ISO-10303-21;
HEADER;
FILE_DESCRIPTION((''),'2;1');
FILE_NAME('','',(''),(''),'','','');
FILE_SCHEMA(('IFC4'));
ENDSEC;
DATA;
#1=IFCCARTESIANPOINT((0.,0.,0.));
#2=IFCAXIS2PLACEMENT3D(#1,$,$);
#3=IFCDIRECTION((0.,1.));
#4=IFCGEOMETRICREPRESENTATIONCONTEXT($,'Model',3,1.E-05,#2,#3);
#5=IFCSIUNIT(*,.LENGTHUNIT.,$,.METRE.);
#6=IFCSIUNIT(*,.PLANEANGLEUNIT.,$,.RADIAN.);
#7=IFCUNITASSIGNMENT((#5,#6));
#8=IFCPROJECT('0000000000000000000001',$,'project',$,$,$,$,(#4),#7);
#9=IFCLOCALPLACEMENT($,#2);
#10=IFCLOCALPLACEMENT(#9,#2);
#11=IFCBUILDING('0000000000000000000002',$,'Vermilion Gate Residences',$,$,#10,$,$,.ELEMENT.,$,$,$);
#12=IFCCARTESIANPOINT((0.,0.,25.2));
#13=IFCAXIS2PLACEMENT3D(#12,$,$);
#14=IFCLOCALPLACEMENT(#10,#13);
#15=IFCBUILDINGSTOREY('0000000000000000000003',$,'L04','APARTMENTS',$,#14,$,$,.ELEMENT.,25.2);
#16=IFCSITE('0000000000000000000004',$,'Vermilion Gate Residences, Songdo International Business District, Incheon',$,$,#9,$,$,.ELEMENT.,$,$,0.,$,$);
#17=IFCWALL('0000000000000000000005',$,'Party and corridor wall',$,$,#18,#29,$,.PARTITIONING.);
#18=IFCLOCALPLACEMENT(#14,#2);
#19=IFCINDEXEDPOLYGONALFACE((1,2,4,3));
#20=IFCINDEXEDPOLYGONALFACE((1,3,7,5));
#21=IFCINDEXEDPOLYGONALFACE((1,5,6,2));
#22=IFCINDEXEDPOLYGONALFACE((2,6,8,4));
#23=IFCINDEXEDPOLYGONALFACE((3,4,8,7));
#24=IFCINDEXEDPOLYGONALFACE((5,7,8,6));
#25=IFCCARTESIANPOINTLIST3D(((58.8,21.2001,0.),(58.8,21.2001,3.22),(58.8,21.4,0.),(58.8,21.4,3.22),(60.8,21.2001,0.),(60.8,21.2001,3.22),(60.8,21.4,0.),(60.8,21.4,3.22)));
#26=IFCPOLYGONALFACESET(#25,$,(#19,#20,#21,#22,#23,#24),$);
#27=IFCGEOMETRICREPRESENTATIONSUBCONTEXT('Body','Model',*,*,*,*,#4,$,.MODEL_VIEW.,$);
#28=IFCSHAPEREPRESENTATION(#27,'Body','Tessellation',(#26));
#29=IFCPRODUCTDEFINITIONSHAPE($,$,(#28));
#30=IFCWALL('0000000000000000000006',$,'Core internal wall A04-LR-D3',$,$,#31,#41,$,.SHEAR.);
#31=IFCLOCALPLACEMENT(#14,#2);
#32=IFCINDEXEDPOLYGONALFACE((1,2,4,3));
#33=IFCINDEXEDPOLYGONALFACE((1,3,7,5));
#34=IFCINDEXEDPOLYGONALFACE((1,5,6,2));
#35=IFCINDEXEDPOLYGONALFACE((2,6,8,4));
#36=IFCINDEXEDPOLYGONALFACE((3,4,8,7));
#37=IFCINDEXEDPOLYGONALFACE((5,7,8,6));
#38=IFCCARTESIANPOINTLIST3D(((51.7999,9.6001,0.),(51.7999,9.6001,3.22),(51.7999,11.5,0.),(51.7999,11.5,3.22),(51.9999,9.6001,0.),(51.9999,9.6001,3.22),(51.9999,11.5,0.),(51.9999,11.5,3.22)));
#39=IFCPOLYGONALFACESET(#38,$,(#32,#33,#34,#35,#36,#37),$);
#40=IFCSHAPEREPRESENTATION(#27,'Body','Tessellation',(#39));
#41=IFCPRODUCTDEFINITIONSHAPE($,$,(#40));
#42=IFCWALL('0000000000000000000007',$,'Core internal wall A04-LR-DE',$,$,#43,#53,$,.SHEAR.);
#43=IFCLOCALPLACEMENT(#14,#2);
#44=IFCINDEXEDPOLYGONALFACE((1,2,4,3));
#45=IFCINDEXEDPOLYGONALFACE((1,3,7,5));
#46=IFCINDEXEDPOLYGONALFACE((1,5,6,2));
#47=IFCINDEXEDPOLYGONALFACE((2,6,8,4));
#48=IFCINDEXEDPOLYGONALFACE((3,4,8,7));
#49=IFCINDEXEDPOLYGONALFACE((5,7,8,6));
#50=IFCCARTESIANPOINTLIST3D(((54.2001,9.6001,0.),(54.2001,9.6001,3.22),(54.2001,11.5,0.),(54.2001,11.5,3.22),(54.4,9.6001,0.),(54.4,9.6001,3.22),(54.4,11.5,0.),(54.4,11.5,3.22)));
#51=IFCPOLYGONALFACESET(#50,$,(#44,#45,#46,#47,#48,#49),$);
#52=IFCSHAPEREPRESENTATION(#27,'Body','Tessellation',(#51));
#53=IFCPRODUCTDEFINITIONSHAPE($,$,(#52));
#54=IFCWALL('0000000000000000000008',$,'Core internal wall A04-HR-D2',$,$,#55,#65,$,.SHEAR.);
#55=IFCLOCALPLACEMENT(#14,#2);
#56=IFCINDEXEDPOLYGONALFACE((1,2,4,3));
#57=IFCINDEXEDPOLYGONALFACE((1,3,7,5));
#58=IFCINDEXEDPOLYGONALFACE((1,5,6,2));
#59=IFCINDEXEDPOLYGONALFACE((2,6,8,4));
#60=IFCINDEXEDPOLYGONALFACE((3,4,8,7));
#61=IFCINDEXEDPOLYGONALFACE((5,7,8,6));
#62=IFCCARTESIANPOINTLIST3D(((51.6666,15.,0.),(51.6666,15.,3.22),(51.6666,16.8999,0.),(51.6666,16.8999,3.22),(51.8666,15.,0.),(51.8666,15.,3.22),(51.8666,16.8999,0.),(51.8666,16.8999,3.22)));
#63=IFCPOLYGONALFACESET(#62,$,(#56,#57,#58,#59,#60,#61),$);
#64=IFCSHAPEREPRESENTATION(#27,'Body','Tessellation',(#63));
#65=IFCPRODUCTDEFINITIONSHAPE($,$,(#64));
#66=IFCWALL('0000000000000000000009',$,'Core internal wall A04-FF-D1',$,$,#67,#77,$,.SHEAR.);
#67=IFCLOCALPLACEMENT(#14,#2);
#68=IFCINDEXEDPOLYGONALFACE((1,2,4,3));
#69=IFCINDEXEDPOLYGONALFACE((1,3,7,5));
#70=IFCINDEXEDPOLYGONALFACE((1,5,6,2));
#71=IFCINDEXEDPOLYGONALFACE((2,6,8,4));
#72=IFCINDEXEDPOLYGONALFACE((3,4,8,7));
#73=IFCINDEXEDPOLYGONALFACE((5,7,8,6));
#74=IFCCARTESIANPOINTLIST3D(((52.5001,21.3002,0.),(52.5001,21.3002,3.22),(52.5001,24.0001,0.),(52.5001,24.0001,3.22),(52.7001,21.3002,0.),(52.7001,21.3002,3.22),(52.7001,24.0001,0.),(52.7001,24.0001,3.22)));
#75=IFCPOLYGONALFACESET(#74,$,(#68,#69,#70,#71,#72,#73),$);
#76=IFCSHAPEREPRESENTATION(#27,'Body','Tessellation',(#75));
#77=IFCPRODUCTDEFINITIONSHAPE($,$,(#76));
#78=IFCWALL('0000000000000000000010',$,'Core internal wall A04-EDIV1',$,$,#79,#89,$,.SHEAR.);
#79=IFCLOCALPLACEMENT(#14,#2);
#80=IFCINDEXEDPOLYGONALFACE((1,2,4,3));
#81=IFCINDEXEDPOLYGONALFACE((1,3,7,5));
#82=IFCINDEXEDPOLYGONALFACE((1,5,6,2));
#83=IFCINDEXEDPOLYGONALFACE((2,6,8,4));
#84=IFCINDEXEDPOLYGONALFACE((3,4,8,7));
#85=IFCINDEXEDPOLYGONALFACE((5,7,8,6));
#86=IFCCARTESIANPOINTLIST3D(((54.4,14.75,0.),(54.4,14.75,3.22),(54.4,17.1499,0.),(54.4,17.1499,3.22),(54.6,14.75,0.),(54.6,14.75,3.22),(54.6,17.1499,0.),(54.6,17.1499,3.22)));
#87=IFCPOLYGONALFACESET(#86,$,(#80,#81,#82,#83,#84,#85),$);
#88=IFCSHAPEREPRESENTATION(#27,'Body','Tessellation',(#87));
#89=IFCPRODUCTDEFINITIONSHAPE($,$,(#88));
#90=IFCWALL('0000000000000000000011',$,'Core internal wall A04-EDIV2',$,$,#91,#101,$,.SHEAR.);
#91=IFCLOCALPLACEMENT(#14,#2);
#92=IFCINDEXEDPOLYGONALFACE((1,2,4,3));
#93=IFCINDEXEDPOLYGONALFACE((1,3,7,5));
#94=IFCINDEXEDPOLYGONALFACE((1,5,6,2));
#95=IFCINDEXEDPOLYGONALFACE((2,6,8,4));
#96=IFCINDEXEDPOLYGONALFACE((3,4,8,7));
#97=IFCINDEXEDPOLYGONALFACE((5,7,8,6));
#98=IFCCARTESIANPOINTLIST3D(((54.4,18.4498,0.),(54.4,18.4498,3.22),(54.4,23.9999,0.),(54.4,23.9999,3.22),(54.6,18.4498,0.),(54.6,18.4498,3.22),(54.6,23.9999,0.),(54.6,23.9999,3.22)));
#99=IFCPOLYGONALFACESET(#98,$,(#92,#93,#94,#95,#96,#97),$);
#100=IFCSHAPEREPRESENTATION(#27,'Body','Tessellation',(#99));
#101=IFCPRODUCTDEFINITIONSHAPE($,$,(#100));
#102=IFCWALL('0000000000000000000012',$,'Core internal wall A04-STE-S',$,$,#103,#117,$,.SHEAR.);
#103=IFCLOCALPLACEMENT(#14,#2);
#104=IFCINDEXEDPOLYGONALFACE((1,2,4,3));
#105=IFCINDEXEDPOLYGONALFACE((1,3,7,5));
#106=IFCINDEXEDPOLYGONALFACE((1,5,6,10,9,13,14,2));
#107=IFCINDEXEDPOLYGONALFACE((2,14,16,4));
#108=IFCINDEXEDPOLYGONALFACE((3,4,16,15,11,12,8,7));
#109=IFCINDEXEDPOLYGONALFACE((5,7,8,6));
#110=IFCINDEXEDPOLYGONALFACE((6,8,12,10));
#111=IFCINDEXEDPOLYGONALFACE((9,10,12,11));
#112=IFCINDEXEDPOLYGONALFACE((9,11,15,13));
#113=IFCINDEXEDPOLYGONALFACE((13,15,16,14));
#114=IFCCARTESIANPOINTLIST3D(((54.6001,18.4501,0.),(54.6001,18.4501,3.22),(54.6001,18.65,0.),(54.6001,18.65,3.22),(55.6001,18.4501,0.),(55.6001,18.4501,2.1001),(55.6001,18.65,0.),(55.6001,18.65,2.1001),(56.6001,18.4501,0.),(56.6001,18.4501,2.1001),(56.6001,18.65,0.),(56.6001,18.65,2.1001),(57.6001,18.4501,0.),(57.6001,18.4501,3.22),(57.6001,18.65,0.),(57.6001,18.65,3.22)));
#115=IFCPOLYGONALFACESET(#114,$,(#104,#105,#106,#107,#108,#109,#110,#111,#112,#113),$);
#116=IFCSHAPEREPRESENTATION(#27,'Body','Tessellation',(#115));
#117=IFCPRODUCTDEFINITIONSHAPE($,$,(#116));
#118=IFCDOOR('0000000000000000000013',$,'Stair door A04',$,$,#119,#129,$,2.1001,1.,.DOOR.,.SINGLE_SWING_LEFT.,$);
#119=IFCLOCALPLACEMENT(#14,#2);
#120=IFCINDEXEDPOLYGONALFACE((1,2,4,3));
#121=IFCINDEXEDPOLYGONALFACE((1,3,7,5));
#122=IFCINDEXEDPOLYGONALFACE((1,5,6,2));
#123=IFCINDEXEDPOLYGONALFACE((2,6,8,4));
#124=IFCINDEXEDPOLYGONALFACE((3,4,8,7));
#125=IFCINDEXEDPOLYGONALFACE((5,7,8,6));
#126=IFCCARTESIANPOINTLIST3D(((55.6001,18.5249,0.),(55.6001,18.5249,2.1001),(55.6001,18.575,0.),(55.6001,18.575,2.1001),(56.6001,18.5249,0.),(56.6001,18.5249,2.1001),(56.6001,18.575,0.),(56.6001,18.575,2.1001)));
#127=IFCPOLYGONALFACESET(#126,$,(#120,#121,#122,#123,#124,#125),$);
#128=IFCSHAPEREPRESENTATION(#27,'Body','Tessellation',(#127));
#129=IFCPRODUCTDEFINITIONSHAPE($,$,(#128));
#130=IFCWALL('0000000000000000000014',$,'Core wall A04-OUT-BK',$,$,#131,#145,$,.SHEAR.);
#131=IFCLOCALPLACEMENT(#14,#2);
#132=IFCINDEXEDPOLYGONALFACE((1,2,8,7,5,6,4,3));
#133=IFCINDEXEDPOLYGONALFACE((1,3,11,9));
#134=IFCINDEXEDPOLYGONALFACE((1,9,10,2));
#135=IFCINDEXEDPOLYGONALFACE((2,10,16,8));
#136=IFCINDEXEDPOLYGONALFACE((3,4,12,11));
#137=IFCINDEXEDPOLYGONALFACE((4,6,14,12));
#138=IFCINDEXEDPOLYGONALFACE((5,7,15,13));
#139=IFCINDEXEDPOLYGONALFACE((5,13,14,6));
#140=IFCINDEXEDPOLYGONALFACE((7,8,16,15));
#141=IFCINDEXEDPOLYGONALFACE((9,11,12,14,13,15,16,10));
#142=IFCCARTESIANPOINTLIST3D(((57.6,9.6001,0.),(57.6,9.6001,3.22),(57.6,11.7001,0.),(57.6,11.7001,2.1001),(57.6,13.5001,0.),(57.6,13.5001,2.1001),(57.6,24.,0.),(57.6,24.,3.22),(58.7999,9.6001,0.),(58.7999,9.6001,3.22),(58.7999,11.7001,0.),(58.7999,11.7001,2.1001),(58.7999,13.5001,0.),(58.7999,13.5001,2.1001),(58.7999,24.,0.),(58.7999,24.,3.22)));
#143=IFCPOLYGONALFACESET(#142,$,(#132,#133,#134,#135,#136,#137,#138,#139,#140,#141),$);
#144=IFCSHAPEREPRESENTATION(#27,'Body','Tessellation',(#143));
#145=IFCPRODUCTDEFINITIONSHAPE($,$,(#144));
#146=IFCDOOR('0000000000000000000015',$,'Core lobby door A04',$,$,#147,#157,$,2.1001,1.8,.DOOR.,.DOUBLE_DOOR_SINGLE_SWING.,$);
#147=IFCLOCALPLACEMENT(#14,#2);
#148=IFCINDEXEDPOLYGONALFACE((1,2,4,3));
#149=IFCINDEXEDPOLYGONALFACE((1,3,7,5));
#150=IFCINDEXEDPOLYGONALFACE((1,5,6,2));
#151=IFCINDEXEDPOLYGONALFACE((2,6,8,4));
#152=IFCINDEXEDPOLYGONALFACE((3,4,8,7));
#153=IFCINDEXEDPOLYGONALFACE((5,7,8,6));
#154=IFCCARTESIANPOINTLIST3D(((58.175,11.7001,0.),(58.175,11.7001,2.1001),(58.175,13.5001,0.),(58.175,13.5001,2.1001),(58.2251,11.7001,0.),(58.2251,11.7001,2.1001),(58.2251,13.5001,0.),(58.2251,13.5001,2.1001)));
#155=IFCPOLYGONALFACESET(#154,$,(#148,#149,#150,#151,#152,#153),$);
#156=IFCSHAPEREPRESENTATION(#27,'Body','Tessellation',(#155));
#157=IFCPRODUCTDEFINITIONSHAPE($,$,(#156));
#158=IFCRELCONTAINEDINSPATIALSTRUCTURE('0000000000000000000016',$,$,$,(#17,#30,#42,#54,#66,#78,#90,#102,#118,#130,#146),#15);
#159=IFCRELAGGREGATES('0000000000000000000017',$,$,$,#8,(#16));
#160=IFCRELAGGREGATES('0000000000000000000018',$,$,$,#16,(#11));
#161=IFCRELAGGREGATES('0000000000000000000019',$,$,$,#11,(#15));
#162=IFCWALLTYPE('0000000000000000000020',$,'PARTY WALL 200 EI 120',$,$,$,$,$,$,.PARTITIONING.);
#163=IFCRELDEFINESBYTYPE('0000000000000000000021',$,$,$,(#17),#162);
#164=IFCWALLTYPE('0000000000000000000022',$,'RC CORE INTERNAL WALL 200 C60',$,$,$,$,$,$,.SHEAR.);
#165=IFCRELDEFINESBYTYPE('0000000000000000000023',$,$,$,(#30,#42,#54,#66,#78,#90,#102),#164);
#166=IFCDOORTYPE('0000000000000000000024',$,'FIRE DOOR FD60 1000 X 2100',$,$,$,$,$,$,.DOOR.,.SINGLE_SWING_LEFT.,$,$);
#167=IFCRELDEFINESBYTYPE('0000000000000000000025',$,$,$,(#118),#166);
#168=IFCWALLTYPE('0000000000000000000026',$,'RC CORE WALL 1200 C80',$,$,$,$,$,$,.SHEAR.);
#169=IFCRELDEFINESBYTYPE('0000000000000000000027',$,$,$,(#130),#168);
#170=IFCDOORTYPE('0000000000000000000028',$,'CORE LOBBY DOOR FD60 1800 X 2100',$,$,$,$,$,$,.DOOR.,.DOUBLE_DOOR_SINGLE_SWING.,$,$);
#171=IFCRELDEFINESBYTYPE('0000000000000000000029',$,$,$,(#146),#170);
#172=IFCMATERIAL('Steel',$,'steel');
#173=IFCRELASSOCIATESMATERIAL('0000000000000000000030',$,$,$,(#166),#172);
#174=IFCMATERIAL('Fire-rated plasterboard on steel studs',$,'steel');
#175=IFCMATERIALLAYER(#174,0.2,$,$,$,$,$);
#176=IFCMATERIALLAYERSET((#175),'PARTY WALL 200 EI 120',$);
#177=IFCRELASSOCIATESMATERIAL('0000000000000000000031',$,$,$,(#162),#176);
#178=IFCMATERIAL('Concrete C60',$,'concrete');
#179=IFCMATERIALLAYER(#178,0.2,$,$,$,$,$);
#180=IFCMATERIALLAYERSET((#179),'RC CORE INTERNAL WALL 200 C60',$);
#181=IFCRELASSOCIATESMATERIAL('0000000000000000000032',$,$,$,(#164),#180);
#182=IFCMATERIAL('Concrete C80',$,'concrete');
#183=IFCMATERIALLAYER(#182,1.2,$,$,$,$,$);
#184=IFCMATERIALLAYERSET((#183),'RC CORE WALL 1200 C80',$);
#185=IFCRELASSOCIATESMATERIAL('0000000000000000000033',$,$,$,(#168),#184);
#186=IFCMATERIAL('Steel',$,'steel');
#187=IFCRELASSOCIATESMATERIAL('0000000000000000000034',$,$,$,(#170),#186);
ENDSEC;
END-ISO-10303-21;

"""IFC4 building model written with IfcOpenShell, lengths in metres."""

from ifc_helpers import new_model, si_unit, direction, frame, frame_2d, origin, place, context, subcontext, project, spatial, rectangle, extrude, material, layer, layer_set, type_object, element, fill, save


model = new_model("IFC4")

# Units and contexts
model_context = context("Model", 3, precision=1e-05, world=origin(), true_north=direction((0.0, 1.0)))
body_context = subcontext(model_context, "Body", "Model", "MODEL_VIEW")
ifc_project = project(units=[si_unit("LENGTHUNIT", "METRE"), si_unit("PLANEANGLEUNIT", "RADIAN")], contexts=[model_context])

# Site, building, storey
site_placement = place(None, origin())
site = spatial("IfcSite", under=ifc_project, at=site_placement, Name="Vermilion Gate Residences, Songdo International Business District, Incheon", CompositionType="ELEMENT", RefElevation=0.0)
building_placement = place(site_placement, origin())
building = spatial("IfcBuilding", under=site, at=building_placement, Name="Vermilion Gate Residences", CompositionType="ELEMENT")
storey_placement = place(building_placement, frame((0.0, 0.0, 25.2)))
storey = spatial("IfcBuildingStorey", under=building, at=storey_placement, Name="L04", Description="APARTMENTS", CompositionType="ELEMENT", Elevation=25.2)

# Shared definitions
ifc_material_1 = material(Name="Steel", Category="steel")
door_type_1 = type_object("IfcDoorType", Name="FIRE DOOR FD60 1000 X 2100", OperationType="SINGLE_SWING_LEFT", PredefinedType="DOOR", material=ifc_material_1)

# Walls
ifc_material_2 = material(Name="Fire-rated plasterboard on steel studs", Category="steel")
ifc_layer_1 = layer(ifc_material_2, 0.2)
ifc_layer_set_1 = layer_set([ifc_layer_1], Name="PARTY WALL 200 EI 120")
wall_type_1 = type_object("IfcWallType", Name="PARTY WALL 200 EI 120", PredefinedType="PARTITIONING", material=ifc_layer_set_1)
wall_1_placement = place(storey_placement, frame((58.8, 21.3, 0.0), z_axis=(0.0, 0.0, 1.0), x_axis=(1.0, 0.0, 0.0)))
element("IfcWall", 1, at=wall_1_placement, inside=storey, type_object=wall_type_1, Name="Party and corridor wall", PredefinedType="PARTITIONING", context=body_context, shape_type="SweptSolid", body=[
    extrude(rectangle(XDim=2.0, YDim=0.2, at=frame_2d((1.0, 0.0))), origin(), (0.0, 0.0, 1.0), 3.22),
])
ifc_material_3 = material(Name="Concrete C60", Category="concrete")
ifc_layer_2 = layer(ifc_material_3, 0.2)
ifc_layer_set_2 = layer_set([ifc_layer_2], Name="RC CORE INTERNAL WALL 200 C60")
wall_type_2 = type_object("IfcWallType", Name="RC CORE INTERNAL WALL 200 C60", PredefinedType="SHEAR", material=ifc_layer_set_2)
for number, where, z_axis, x_axis, name in (
    (2, (51.8999, 9.6001, 0.0), (0.0, 0.0, 1.0), (0.0, 1.0, 0.0), "Core internal wall A04-LR-D3"),
    (3, (54.3, 9.6001, 0.0), (0.0, 0.0, 1.0), (0.0, 1.0, 0.0), "Core internal wall A04-LR-DE"),
    (4, (51.7666, 15.0, 0.0), (0.0, 0.0, 1.0), (0.0, 1.0, 0.0), "Core internal wall A04-HR-D2"),
):
    element("IfcWall", number, at=place(storey_placement, frame(where, z_axis=z_axis, x_axis=x_axis)), inside=storey, type_object=wall_type_2, Name=name, PredefinedType="SHEAR", context=body_context, shape_type="SweptSolid", body=[
        extrude(rectangle(XDim=1.8999, YDim=0.2, at=frame_2d((0.95, 0.0))), origin(), (0.0, 0.0, 1.0), 3.22),
    ])
wall_2_placement = place(storey_placement, frame((52.6001, 21.3, 0.0), z_axis=(0.0, 0.0, 1.0), x_axis=(0.0, 1.0, 0.0)))
element("IfcWall", 5, at=wall_2_placement, inside=storey, type_object=wall_type_2, Name="Core internal wall A04-FF-D1", PredefinedType="SHEAR", context=body_context, shape_type="SweptSolid", body=[
    extrude(rectangle(XDim=2.7, YDim=0.2, at=frame_2d((1.3501, 0.0))), origin(), (0.0, 0.0, 1.0), 3.22),
])
wall_3_placement = place(storey_placement, frame((54.5, 14.75, 0.0), z_axis=(0.0, 0.0, 1.0), x_axis=(0.0, 1.0, 0.0)))
element("IfcWall", 6, at=wall_3_placement, inside=storey, type_object=wall_type_2, Name="Core internal wall A04-EDIV1", PredefinedType="SHEAR", context=body_context, shape_type="SweptSolid", body=[
    extrude(rectangle(XDim=2.3999, YDim=0.2, at=frame_2d((1.2, 0.0))), origin(), (0.0, 0.0, 1.0), 3.22),
])
wall_4_placement = place(storey_placement, frame((54.5, 18.45, 0.0), z_axis=(0.0, 0.0, 1.0), x_axis=(0.0, 1.0, 0.0)))
element("IfcWall", 7, at=wall_4_placement, inside=storey, type_object=wall_type_2, Name="Core internal wall A04-EDIV2", PredefinedType="SHEAR", context=body_context, shape_type="SweptSolid", body=[
    extrude(rectangle(XDim=5.55, YDim=0.2, at=frame_2d((2.7749, 0.0))), origin(), (0.0, 0.0, 1.0), 3.22),
])

# Walls, openings, doors
wall_5_placement = place(storey_placement, frame((54.6001, 18.55, 0.0), z_axis=(0.0, 0.0, 1.0), x_axis=(1.0, 0.0, 0.0)))
wall_5 = element("IfcWall", 8, at=wall_5_placement, inside=storey, type_object=wall_type_2, Name="Core internal wall A04-STE-S", PredefinedType="SHEAR", context=body_context, shape_type="SweptSolid", body=[
    extrude(rectangle(XDim=3.0, YDim=0.2, at=frame_2d((1.5, 0.0))), origin(), (0.0, 0.0, 1.0), 3.22),
])
opening_1_placement = place(wall_5_placement, frame((1.0, 0.0, 0.0)))
opening_1 = element("IfcOpeningElement", 9, at=opening_1_placement, cuts=wall_5, PredefinedType="OPENING", context=body_context, shape_type="SweptSolid", body=[
    extrude(rectangle(XDim=1.0, YDim=2.1001, at=frame_2d((0.5, 1.05))), frame((0.0, 0.1099, 0.0), z_axis=(0.0, -1.0, 0.0), x_axis=(1.0, 0.0, 0.0)), (0.0, 0.0, 1.0), 0.22),
])
door_1_placement = place(opening_1_placement, origin())
door_1 = element("IfcDoor", 10, at=door_1_placement, inside=storey, type_object=door_type_1, Name="Stair door A04", OperationType="SINGLE_SWING_LEFT", OverallHeight=2.1001, OverallWidth=1.0, PredefinedType="DOOR", context=body_context, shape_type="SweptSolid", body=[
    extrude(rectangle(XDim=1.0, YDim=2.1001, at=frame_2d((0.5, 1.05))), frame((0.0, 0.0249, 0.0), z_axis=(0.0, -1.0, 0.0), x_axis=(1.0, 0.0, 0.0)), (0.0, 0.0, 1.0), 0.05),
])
fill(opening_1, door_1)
ifc_material_4 = material(Name="Concrete C80", Category="concrete")
ifc_layer_3 = layer(ifc_material_4, 1.2)
ifc_layer_set_3 = layer_set([ifc_layer_3], Name="RC CORE WALL 1200 C80")
wall_type_3 = type_object("IfcWallType", Name="RC CORE WALL 1200 C80", PredefinedType="SHEAR", material=ifc_layer_set_3)
wall_6_placement = place(storey_placement, frame((58.2, 9.6001, 0.0), z_axis=(0.0, 0.0, 1.0), x_axis=(0.0, 1.0, 0.0)))
wall_6 = element("IfcWall", 11, at=wall_6_placement, inside=storey, type_object=wall_type_3, Name="Core wall A04-OUT-BK", PredefinedType="SHEAR", context=body_context, shape_type="SweptSolid", body=[
    extrude(rectangle(XDim=14.3999, YDim=1.2, at=frame_2d((7.2, 0.0))), origin(), (0.0, 0.0, 1.0), 3.22),
])
opening_2_placement = place(wall_6_placement, frame((2.1001, 0.0, 0.0)))
opening_2 = element("IfcOpeningElement", 12, at=opening_2_placement, cuts=wall_6, PredefinedType="OPENING", context=body_context, shape_type="SweptSolid", body=[
    extrude(rectangle(XDim=1.8, YDim=2.1001, at=frame_2d((0.8999, 1.05))), frame((0.0, 0.6099, 0.0), z_axis=(0.0, -1.0, 0.0), x_axis=(1.0, 0.0, 0.0)), (0.0, 0.0, 1.0), 1.22),
])
ifc_material_5 = material(Name="Steel", Category="steel")
door_type_2 = type_object("IfcDoorType", Name="CORE LOBBY DOOR FD60 1800 X 2100", OperationType="DOUBLE_DOOR_SINGLE_SWING", PredefinedType="DOOR", material=ifc_material_5)
door_2_placement = place(opening_2_placement, origin())
door_2 = element("IfcDoor", 13, at=door_2_placement, inside=storey, type_object=door_type_2, Name="Core lobby door A04", OperationType="DOUBLE_DOOR_SINGLE_SWING", OverallHeight=2.1001, OverallWidth=1.8, PredefinedType="DOOR", context=body_context, shape_type="SweptSolid", body=[
    extrude(rectangle(XDim=1.8, YDim=2.1001, at=frame_2d((0.8999, 1.05))), frame((0.0, 0.0249, 0.0), z_axis=(0.0, -1.0, 0.0), x_axis=(1.0, 0.0, 0.0)), (0.0, 0.0, 1.0), 0.05),
])
fill(opening_2, door_2)

save(model, "model.ifc")
